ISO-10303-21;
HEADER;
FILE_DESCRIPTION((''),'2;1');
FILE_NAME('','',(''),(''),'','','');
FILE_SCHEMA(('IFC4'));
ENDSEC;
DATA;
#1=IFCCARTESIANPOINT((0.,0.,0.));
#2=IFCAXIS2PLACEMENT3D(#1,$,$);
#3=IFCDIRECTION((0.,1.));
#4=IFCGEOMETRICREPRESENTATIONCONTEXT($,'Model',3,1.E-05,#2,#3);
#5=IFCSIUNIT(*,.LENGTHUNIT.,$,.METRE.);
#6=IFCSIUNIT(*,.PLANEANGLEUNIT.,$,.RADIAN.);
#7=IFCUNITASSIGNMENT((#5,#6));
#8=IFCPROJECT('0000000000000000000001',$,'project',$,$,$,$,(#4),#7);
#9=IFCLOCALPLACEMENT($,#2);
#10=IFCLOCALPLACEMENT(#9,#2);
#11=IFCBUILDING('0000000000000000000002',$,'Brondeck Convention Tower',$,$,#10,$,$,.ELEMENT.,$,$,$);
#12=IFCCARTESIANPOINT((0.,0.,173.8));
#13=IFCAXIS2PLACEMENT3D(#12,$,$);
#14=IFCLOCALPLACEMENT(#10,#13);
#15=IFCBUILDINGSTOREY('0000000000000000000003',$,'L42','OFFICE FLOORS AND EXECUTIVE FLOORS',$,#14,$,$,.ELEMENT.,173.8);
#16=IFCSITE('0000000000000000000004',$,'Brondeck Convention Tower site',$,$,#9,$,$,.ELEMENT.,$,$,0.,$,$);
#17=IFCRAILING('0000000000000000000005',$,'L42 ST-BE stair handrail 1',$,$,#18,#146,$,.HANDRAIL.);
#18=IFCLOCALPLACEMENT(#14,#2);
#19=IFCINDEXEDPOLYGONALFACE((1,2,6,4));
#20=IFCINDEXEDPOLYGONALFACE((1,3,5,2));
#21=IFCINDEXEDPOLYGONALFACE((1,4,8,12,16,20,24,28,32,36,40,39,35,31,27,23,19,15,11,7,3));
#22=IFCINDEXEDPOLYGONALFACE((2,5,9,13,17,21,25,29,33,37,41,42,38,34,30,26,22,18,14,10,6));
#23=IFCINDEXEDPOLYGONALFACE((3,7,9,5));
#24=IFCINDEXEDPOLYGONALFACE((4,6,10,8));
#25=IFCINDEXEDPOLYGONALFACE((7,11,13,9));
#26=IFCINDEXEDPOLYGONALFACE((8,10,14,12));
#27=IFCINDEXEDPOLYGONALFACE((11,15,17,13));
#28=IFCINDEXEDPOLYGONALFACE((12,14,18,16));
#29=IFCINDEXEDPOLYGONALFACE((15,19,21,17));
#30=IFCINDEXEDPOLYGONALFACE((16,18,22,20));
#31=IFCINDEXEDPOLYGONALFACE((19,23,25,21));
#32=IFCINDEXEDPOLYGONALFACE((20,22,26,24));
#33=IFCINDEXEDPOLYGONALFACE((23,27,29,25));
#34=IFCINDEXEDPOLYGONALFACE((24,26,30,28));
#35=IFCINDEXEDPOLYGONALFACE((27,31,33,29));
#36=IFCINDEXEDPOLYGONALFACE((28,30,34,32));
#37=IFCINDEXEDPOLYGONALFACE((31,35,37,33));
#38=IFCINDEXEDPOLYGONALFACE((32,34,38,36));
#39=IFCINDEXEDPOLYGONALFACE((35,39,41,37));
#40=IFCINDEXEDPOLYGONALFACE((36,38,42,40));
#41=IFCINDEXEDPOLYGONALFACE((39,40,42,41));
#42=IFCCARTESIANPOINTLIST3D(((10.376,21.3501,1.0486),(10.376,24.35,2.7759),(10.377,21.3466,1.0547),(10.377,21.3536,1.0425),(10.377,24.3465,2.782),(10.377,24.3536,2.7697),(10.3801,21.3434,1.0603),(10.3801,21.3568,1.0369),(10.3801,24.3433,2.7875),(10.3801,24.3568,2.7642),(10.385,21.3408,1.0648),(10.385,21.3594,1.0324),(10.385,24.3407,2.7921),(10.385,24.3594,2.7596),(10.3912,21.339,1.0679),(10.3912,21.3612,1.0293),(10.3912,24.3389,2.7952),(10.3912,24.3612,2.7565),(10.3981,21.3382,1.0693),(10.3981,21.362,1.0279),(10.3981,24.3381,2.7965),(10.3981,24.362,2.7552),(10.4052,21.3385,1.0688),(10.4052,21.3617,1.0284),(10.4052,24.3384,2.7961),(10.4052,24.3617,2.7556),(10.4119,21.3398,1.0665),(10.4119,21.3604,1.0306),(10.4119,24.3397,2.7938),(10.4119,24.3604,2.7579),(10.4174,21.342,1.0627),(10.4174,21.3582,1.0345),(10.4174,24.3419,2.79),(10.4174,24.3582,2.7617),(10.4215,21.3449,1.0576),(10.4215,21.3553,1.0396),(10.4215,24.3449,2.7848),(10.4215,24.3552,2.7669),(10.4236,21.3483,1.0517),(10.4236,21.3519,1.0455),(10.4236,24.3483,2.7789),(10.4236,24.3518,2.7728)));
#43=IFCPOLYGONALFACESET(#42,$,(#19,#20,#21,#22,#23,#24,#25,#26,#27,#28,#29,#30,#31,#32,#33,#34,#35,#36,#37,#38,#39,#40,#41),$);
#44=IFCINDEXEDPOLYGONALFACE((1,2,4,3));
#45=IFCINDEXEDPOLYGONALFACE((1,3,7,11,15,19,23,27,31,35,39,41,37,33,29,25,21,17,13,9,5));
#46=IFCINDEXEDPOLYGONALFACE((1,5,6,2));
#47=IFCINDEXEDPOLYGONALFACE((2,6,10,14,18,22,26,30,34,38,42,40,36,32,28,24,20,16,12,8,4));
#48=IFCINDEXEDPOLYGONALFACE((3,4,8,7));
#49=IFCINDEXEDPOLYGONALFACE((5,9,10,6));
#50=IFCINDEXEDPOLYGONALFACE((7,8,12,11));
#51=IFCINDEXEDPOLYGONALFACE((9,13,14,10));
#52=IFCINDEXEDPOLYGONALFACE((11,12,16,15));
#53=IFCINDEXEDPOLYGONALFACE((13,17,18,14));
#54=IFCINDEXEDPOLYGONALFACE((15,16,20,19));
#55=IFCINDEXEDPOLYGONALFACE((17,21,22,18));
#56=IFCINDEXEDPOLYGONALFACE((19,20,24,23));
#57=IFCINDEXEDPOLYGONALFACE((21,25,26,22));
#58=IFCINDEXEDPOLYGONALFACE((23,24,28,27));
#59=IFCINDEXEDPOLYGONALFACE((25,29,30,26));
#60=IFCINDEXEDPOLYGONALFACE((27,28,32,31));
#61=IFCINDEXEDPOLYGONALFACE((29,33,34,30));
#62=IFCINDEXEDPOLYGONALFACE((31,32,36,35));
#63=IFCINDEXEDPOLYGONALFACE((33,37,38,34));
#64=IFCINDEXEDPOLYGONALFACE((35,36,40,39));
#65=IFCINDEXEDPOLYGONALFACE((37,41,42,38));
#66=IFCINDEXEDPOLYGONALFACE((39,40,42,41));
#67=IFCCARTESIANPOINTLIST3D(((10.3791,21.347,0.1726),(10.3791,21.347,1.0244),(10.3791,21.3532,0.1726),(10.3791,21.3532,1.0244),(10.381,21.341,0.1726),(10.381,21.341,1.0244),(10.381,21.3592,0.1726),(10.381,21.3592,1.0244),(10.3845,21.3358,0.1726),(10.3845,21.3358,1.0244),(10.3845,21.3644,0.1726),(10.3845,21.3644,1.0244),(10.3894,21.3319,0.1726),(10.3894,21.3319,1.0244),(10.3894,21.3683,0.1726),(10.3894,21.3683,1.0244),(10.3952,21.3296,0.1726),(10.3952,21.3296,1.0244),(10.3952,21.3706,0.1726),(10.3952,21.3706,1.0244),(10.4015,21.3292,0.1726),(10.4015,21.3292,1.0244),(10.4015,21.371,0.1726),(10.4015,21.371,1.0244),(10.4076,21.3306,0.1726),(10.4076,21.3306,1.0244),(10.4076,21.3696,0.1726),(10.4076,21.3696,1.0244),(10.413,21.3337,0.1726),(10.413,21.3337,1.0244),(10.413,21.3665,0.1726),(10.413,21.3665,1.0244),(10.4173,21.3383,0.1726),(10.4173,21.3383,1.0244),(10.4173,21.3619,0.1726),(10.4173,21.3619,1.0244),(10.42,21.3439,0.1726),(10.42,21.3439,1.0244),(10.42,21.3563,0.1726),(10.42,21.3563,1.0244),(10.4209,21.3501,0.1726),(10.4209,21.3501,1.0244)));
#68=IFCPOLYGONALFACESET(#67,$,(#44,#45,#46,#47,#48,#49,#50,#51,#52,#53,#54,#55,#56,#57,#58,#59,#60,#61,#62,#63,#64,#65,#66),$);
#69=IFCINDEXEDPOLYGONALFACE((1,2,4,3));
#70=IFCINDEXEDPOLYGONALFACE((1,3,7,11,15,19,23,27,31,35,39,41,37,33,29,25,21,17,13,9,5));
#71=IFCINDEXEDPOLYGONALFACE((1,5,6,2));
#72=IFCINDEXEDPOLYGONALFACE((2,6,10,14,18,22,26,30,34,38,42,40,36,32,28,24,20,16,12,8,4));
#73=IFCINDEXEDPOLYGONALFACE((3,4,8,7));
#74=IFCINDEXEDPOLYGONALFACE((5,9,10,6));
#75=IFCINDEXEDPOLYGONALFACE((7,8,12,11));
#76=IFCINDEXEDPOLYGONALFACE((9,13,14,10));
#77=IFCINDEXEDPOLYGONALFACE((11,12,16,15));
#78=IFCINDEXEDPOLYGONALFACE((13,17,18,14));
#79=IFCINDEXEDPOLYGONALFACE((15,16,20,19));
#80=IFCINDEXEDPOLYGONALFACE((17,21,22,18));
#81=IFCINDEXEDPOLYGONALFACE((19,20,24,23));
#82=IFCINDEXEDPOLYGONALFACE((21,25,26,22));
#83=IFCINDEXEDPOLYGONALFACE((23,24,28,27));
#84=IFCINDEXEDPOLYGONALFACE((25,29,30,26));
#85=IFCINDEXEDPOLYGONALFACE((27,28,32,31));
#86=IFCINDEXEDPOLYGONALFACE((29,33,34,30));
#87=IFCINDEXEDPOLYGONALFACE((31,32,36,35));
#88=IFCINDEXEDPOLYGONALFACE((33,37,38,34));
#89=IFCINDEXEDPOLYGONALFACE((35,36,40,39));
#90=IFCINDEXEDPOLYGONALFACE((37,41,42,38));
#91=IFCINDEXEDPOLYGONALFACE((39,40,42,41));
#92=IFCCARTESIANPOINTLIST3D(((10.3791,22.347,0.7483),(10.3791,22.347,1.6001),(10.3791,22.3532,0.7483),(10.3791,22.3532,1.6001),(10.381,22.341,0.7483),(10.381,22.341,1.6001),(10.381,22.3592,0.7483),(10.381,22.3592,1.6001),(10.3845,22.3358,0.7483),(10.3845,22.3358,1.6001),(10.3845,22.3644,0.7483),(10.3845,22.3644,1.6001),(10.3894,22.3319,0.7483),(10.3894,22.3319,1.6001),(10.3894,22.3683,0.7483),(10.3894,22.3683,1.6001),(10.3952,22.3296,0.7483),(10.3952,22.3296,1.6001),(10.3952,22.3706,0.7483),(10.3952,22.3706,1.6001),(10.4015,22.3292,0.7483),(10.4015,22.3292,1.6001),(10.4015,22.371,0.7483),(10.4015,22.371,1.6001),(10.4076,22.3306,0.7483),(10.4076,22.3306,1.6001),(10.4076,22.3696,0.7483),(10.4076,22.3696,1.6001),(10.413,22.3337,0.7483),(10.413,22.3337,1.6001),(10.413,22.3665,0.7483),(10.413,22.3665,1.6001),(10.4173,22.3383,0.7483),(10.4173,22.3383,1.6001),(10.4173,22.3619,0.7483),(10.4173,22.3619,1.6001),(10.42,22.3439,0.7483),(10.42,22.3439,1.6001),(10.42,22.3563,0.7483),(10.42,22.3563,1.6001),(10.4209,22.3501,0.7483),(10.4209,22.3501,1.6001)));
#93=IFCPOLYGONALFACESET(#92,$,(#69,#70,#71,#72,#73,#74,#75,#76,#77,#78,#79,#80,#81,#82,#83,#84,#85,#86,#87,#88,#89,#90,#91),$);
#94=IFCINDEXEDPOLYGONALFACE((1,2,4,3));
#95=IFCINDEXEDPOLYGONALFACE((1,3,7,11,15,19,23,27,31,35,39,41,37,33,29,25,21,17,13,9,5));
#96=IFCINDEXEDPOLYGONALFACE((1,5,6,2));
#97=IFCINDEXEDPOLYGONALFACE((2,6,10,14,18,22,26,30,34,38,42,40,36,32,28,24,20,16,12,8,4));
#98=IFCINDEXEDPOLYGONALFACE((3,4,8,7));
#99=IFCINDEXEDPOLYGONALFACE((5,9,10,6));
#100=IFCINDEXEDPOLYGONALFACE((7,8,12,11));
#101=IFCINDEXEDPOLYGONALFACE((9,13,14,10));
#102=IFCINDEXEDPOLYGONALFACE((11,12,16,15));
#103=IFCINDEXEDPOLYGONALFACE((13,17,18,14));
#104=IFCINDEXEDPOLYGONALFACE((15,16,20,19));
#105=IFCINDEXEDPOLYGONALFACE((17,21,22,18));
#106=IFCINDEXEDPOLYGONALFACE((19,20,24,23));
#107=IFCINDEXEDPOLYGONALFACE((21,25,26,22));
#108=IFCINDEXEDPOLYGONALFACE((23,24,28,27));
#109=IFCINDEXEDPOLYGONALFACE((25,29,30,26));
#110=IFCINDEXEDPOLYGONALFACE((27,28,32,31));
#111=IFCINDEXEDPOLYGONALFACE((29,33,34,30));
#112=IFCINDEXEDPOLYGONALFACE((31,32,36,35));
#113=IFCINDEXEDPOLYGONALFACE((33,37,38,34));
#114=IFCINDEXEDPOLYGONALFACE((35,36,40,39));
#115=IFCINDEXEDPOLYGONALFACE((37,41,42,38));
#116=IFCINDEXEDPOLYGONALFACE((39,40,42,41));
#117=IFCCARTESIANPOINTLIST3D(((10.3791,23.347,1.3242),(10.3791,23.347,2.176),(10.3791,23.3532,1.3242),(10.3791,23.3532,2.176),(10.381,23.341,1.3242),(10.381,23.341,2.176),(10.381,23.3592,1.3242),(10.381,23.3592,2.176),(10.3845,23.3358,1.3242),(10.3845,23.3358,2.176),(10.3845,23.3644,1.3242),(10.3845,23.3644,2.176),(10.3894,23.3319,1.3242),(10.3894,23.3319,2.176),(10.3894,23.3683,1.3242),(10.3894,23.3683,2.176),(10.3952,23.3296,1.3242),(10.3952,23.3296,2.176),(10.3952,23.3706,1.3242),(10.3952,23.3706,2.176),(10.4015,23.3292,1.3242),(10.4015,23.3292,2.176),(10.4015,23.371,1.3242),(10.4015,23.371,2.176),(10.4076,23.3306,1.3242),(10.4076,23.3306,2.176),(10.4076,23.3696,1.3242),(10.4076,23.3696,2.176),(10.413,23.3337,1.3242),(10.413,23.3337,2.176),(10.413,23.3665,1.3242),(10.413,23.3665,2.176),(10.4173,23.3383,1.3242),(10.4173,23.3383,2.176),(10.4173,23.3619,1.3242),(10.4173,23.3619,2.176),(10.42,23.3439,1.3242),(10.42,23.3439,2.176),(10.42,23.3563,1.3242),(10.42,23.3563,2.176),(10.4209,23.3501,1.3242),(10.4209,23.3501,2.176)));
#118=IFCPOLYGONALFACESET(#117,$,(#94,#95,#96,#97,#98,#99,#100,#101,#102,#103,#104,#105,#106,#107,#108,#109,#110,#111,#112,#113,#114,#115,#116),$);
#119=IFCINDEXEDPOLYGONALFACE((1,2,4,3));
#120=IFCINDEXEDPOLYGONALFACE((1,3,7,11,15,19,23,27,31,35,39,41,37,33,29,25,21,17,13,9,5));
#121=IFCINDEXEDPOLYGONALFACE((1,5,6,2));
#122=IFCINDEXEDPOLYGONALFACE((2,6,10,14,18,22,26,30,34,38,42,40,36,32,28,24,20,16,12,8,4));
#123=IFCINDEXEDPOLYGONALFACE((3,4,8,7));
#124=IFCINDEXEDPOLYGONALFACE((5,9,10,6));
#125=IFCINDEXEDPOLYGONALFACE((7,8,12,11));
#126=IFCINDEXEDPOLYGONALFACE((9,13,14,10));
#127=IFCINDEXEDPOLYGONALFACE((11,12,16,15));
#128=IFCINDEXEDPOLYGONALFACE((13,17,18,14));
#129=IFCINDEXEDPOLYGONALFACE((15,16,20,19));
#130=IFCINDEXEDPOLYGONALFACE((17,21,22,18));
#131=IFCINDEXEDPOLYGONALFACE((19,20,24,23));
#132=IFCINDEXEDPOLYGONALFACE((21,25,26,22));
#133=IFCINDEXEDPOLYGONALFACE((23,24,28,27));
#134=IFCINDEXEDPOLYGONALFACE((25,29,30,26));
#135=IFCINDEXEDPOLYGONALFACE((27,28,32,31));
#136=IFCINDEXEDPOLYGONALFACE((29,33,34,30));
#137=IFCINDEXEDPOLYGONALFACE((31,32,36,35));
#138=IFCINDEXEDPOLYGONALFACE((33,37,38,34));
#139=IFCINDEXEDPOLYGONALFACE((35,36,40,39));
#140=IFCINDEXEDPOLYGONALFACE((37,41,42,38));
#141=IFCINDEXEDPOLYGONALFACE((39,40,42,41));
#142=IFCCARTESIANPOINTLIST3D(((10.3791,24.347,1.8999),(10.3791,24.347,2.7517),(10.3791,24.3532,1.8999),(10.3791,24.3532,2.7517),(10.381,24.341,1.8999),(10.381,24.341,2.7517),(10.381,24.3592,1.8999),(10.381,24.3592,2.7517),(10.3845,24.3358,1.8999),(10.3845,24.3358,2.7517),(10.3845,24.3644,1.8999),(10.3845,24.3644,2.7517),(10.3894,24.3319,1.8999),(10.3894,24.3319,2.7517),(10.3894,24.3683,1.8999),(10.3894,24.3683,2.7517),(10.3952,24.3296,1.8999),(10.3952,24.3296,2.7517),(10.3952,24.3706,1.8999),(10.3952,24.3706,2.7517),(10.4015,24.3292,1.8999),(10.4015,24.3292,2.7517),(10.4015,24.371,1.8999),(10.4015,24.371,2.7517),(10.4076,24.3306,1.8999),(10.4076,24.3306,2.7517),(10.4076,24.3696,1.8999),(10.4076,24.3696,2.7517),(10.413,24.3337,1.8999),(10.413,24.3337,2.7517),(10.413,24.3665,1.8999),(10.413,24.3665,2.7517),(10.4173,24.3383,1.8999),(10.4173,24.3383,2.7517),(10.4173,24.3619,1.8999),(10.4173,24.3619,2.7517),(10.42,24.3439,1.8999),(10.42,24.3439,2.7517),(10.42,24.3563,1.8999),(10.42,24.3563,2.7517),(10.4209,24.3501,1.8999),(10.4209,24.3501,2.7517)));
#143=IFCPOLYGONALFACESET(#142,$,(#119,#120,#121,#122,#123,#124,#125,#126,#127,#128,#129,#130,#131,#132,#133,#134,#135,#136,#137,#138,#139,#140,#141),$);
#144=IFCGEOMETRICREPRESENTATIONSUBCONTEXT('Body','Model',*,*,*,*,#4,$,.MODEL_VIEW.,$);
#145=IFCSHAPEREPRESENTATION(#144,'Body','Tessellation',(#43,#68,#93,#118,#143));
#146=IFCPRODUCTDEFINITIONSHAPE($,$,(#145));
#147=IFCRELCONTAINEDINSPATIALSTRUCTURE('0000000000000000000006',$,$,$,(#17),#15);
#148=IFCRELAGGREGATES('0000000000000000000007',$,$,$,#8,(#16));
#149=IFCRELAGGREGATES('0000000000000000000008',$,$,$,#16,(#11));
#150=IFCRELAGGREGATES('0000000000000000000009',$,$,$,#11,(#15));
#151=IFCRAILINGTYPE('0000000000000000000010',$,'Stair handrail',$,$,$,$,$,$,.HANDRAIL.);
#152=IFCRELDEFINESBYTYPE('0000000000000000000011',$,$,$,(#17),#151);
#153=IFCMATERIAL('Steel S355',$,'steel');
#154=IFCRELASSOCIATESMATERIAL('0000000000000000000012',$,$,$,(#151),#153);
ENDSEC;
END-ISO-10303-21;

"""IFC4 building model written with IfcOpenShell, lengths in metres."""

from ifc_helpers import new_model, si_unit, direction, frame, origin, origin_2d, place, context, subcontext, project, spatial, circle, extrude, material, type_object, element, save


model = new_model("IFC4")

# Units and contexts
model_context = context("Model", 3, precision=1e-05, world=origin(), true_north=direction((0.0, 1.0)))
body_context = subcontext(model_context, "Body", "Model", "MODEL_VIEW")
ifc_project = project(units=[si_unit("LENGTHUNIT", "METRE"), si_unit("PLANEANGLEUNIT", "RADIAN")], contexts=[model_context])

# Site, building, storey
site_placement = place(None, origin())
site = spatial("IfcSite", under=ifc_project, at=site_placement, Name="Brondeck Convention Tower site", CompositionType="ELEMENT", RefElevation=0.0)
building_placement = place(site_placement, origin())
building = spatial("IfcBuilding", under=site, at=building_placement, Name="Brondeck Convention Tower", CompositionType="ELEMENT")
storey_placement = place(building_placement, frame((0.0, 0.0, 173.8)))
storey = spatial("IfcBuildingStorey", under=building, at=storey_placement, Name="L42", Description="OFFICE FLOORS AND EXECUTIVE FLOORS", CompositionType="ELEMENT", Elevation=173.8)

# Shared definitions
ifc_material_1 = material(Name="Steel S355", Category="steel")

# Railing
railing_type = type_object("IfcRailingType", Name="Stair handrail", PredefinedType="HANDRAIL", material=ifc_material_1)
railing_placement = place(storey_placement, frame((10.3999, 21.3501, 0.1726)))
element("IfcRailing", 1, at=railing_placement, inside=storey, type_object=railing_type, Name="L42 ST-BE stair handrail 1", PredefinedType="HANDRAIL", context=body_context, shape_type="SweptSolid", body=[
    extrude(circle(Radius=0.0239, at=origin_2d()), frame((0.0, 0.0, 0.876), z_axis=(0.0, 0.86662, 0.498969), x_axis=(-1.0, 0.0, 0.0)), (0.0, 0.0, 1.0), 3.4617),
    extrude(circle(Radius=0.021, at=origin_2d()), origin(), (0.0, 0.0, 1.0), 0.8518),
    extrude(circle(Radius=0.021, at=origin_2d()), frame((0.0, 1.0, 0.5757)), (0.0, 0.0, 1.0), 0.8518),
    extrude(circle(Radius=0.021, at=origin_2d()), frame((0.0, 2.0, 1.1516)), (0.0, 0.0, 1.0), 0.8518),
    extrude(circle(Radius=0.021, at=origin_2d()), frame((0.0, 3.0, 1.7273)), (0.0, 0.0, 1.0), 0.8518),
])

save(model, "model.ifc")
